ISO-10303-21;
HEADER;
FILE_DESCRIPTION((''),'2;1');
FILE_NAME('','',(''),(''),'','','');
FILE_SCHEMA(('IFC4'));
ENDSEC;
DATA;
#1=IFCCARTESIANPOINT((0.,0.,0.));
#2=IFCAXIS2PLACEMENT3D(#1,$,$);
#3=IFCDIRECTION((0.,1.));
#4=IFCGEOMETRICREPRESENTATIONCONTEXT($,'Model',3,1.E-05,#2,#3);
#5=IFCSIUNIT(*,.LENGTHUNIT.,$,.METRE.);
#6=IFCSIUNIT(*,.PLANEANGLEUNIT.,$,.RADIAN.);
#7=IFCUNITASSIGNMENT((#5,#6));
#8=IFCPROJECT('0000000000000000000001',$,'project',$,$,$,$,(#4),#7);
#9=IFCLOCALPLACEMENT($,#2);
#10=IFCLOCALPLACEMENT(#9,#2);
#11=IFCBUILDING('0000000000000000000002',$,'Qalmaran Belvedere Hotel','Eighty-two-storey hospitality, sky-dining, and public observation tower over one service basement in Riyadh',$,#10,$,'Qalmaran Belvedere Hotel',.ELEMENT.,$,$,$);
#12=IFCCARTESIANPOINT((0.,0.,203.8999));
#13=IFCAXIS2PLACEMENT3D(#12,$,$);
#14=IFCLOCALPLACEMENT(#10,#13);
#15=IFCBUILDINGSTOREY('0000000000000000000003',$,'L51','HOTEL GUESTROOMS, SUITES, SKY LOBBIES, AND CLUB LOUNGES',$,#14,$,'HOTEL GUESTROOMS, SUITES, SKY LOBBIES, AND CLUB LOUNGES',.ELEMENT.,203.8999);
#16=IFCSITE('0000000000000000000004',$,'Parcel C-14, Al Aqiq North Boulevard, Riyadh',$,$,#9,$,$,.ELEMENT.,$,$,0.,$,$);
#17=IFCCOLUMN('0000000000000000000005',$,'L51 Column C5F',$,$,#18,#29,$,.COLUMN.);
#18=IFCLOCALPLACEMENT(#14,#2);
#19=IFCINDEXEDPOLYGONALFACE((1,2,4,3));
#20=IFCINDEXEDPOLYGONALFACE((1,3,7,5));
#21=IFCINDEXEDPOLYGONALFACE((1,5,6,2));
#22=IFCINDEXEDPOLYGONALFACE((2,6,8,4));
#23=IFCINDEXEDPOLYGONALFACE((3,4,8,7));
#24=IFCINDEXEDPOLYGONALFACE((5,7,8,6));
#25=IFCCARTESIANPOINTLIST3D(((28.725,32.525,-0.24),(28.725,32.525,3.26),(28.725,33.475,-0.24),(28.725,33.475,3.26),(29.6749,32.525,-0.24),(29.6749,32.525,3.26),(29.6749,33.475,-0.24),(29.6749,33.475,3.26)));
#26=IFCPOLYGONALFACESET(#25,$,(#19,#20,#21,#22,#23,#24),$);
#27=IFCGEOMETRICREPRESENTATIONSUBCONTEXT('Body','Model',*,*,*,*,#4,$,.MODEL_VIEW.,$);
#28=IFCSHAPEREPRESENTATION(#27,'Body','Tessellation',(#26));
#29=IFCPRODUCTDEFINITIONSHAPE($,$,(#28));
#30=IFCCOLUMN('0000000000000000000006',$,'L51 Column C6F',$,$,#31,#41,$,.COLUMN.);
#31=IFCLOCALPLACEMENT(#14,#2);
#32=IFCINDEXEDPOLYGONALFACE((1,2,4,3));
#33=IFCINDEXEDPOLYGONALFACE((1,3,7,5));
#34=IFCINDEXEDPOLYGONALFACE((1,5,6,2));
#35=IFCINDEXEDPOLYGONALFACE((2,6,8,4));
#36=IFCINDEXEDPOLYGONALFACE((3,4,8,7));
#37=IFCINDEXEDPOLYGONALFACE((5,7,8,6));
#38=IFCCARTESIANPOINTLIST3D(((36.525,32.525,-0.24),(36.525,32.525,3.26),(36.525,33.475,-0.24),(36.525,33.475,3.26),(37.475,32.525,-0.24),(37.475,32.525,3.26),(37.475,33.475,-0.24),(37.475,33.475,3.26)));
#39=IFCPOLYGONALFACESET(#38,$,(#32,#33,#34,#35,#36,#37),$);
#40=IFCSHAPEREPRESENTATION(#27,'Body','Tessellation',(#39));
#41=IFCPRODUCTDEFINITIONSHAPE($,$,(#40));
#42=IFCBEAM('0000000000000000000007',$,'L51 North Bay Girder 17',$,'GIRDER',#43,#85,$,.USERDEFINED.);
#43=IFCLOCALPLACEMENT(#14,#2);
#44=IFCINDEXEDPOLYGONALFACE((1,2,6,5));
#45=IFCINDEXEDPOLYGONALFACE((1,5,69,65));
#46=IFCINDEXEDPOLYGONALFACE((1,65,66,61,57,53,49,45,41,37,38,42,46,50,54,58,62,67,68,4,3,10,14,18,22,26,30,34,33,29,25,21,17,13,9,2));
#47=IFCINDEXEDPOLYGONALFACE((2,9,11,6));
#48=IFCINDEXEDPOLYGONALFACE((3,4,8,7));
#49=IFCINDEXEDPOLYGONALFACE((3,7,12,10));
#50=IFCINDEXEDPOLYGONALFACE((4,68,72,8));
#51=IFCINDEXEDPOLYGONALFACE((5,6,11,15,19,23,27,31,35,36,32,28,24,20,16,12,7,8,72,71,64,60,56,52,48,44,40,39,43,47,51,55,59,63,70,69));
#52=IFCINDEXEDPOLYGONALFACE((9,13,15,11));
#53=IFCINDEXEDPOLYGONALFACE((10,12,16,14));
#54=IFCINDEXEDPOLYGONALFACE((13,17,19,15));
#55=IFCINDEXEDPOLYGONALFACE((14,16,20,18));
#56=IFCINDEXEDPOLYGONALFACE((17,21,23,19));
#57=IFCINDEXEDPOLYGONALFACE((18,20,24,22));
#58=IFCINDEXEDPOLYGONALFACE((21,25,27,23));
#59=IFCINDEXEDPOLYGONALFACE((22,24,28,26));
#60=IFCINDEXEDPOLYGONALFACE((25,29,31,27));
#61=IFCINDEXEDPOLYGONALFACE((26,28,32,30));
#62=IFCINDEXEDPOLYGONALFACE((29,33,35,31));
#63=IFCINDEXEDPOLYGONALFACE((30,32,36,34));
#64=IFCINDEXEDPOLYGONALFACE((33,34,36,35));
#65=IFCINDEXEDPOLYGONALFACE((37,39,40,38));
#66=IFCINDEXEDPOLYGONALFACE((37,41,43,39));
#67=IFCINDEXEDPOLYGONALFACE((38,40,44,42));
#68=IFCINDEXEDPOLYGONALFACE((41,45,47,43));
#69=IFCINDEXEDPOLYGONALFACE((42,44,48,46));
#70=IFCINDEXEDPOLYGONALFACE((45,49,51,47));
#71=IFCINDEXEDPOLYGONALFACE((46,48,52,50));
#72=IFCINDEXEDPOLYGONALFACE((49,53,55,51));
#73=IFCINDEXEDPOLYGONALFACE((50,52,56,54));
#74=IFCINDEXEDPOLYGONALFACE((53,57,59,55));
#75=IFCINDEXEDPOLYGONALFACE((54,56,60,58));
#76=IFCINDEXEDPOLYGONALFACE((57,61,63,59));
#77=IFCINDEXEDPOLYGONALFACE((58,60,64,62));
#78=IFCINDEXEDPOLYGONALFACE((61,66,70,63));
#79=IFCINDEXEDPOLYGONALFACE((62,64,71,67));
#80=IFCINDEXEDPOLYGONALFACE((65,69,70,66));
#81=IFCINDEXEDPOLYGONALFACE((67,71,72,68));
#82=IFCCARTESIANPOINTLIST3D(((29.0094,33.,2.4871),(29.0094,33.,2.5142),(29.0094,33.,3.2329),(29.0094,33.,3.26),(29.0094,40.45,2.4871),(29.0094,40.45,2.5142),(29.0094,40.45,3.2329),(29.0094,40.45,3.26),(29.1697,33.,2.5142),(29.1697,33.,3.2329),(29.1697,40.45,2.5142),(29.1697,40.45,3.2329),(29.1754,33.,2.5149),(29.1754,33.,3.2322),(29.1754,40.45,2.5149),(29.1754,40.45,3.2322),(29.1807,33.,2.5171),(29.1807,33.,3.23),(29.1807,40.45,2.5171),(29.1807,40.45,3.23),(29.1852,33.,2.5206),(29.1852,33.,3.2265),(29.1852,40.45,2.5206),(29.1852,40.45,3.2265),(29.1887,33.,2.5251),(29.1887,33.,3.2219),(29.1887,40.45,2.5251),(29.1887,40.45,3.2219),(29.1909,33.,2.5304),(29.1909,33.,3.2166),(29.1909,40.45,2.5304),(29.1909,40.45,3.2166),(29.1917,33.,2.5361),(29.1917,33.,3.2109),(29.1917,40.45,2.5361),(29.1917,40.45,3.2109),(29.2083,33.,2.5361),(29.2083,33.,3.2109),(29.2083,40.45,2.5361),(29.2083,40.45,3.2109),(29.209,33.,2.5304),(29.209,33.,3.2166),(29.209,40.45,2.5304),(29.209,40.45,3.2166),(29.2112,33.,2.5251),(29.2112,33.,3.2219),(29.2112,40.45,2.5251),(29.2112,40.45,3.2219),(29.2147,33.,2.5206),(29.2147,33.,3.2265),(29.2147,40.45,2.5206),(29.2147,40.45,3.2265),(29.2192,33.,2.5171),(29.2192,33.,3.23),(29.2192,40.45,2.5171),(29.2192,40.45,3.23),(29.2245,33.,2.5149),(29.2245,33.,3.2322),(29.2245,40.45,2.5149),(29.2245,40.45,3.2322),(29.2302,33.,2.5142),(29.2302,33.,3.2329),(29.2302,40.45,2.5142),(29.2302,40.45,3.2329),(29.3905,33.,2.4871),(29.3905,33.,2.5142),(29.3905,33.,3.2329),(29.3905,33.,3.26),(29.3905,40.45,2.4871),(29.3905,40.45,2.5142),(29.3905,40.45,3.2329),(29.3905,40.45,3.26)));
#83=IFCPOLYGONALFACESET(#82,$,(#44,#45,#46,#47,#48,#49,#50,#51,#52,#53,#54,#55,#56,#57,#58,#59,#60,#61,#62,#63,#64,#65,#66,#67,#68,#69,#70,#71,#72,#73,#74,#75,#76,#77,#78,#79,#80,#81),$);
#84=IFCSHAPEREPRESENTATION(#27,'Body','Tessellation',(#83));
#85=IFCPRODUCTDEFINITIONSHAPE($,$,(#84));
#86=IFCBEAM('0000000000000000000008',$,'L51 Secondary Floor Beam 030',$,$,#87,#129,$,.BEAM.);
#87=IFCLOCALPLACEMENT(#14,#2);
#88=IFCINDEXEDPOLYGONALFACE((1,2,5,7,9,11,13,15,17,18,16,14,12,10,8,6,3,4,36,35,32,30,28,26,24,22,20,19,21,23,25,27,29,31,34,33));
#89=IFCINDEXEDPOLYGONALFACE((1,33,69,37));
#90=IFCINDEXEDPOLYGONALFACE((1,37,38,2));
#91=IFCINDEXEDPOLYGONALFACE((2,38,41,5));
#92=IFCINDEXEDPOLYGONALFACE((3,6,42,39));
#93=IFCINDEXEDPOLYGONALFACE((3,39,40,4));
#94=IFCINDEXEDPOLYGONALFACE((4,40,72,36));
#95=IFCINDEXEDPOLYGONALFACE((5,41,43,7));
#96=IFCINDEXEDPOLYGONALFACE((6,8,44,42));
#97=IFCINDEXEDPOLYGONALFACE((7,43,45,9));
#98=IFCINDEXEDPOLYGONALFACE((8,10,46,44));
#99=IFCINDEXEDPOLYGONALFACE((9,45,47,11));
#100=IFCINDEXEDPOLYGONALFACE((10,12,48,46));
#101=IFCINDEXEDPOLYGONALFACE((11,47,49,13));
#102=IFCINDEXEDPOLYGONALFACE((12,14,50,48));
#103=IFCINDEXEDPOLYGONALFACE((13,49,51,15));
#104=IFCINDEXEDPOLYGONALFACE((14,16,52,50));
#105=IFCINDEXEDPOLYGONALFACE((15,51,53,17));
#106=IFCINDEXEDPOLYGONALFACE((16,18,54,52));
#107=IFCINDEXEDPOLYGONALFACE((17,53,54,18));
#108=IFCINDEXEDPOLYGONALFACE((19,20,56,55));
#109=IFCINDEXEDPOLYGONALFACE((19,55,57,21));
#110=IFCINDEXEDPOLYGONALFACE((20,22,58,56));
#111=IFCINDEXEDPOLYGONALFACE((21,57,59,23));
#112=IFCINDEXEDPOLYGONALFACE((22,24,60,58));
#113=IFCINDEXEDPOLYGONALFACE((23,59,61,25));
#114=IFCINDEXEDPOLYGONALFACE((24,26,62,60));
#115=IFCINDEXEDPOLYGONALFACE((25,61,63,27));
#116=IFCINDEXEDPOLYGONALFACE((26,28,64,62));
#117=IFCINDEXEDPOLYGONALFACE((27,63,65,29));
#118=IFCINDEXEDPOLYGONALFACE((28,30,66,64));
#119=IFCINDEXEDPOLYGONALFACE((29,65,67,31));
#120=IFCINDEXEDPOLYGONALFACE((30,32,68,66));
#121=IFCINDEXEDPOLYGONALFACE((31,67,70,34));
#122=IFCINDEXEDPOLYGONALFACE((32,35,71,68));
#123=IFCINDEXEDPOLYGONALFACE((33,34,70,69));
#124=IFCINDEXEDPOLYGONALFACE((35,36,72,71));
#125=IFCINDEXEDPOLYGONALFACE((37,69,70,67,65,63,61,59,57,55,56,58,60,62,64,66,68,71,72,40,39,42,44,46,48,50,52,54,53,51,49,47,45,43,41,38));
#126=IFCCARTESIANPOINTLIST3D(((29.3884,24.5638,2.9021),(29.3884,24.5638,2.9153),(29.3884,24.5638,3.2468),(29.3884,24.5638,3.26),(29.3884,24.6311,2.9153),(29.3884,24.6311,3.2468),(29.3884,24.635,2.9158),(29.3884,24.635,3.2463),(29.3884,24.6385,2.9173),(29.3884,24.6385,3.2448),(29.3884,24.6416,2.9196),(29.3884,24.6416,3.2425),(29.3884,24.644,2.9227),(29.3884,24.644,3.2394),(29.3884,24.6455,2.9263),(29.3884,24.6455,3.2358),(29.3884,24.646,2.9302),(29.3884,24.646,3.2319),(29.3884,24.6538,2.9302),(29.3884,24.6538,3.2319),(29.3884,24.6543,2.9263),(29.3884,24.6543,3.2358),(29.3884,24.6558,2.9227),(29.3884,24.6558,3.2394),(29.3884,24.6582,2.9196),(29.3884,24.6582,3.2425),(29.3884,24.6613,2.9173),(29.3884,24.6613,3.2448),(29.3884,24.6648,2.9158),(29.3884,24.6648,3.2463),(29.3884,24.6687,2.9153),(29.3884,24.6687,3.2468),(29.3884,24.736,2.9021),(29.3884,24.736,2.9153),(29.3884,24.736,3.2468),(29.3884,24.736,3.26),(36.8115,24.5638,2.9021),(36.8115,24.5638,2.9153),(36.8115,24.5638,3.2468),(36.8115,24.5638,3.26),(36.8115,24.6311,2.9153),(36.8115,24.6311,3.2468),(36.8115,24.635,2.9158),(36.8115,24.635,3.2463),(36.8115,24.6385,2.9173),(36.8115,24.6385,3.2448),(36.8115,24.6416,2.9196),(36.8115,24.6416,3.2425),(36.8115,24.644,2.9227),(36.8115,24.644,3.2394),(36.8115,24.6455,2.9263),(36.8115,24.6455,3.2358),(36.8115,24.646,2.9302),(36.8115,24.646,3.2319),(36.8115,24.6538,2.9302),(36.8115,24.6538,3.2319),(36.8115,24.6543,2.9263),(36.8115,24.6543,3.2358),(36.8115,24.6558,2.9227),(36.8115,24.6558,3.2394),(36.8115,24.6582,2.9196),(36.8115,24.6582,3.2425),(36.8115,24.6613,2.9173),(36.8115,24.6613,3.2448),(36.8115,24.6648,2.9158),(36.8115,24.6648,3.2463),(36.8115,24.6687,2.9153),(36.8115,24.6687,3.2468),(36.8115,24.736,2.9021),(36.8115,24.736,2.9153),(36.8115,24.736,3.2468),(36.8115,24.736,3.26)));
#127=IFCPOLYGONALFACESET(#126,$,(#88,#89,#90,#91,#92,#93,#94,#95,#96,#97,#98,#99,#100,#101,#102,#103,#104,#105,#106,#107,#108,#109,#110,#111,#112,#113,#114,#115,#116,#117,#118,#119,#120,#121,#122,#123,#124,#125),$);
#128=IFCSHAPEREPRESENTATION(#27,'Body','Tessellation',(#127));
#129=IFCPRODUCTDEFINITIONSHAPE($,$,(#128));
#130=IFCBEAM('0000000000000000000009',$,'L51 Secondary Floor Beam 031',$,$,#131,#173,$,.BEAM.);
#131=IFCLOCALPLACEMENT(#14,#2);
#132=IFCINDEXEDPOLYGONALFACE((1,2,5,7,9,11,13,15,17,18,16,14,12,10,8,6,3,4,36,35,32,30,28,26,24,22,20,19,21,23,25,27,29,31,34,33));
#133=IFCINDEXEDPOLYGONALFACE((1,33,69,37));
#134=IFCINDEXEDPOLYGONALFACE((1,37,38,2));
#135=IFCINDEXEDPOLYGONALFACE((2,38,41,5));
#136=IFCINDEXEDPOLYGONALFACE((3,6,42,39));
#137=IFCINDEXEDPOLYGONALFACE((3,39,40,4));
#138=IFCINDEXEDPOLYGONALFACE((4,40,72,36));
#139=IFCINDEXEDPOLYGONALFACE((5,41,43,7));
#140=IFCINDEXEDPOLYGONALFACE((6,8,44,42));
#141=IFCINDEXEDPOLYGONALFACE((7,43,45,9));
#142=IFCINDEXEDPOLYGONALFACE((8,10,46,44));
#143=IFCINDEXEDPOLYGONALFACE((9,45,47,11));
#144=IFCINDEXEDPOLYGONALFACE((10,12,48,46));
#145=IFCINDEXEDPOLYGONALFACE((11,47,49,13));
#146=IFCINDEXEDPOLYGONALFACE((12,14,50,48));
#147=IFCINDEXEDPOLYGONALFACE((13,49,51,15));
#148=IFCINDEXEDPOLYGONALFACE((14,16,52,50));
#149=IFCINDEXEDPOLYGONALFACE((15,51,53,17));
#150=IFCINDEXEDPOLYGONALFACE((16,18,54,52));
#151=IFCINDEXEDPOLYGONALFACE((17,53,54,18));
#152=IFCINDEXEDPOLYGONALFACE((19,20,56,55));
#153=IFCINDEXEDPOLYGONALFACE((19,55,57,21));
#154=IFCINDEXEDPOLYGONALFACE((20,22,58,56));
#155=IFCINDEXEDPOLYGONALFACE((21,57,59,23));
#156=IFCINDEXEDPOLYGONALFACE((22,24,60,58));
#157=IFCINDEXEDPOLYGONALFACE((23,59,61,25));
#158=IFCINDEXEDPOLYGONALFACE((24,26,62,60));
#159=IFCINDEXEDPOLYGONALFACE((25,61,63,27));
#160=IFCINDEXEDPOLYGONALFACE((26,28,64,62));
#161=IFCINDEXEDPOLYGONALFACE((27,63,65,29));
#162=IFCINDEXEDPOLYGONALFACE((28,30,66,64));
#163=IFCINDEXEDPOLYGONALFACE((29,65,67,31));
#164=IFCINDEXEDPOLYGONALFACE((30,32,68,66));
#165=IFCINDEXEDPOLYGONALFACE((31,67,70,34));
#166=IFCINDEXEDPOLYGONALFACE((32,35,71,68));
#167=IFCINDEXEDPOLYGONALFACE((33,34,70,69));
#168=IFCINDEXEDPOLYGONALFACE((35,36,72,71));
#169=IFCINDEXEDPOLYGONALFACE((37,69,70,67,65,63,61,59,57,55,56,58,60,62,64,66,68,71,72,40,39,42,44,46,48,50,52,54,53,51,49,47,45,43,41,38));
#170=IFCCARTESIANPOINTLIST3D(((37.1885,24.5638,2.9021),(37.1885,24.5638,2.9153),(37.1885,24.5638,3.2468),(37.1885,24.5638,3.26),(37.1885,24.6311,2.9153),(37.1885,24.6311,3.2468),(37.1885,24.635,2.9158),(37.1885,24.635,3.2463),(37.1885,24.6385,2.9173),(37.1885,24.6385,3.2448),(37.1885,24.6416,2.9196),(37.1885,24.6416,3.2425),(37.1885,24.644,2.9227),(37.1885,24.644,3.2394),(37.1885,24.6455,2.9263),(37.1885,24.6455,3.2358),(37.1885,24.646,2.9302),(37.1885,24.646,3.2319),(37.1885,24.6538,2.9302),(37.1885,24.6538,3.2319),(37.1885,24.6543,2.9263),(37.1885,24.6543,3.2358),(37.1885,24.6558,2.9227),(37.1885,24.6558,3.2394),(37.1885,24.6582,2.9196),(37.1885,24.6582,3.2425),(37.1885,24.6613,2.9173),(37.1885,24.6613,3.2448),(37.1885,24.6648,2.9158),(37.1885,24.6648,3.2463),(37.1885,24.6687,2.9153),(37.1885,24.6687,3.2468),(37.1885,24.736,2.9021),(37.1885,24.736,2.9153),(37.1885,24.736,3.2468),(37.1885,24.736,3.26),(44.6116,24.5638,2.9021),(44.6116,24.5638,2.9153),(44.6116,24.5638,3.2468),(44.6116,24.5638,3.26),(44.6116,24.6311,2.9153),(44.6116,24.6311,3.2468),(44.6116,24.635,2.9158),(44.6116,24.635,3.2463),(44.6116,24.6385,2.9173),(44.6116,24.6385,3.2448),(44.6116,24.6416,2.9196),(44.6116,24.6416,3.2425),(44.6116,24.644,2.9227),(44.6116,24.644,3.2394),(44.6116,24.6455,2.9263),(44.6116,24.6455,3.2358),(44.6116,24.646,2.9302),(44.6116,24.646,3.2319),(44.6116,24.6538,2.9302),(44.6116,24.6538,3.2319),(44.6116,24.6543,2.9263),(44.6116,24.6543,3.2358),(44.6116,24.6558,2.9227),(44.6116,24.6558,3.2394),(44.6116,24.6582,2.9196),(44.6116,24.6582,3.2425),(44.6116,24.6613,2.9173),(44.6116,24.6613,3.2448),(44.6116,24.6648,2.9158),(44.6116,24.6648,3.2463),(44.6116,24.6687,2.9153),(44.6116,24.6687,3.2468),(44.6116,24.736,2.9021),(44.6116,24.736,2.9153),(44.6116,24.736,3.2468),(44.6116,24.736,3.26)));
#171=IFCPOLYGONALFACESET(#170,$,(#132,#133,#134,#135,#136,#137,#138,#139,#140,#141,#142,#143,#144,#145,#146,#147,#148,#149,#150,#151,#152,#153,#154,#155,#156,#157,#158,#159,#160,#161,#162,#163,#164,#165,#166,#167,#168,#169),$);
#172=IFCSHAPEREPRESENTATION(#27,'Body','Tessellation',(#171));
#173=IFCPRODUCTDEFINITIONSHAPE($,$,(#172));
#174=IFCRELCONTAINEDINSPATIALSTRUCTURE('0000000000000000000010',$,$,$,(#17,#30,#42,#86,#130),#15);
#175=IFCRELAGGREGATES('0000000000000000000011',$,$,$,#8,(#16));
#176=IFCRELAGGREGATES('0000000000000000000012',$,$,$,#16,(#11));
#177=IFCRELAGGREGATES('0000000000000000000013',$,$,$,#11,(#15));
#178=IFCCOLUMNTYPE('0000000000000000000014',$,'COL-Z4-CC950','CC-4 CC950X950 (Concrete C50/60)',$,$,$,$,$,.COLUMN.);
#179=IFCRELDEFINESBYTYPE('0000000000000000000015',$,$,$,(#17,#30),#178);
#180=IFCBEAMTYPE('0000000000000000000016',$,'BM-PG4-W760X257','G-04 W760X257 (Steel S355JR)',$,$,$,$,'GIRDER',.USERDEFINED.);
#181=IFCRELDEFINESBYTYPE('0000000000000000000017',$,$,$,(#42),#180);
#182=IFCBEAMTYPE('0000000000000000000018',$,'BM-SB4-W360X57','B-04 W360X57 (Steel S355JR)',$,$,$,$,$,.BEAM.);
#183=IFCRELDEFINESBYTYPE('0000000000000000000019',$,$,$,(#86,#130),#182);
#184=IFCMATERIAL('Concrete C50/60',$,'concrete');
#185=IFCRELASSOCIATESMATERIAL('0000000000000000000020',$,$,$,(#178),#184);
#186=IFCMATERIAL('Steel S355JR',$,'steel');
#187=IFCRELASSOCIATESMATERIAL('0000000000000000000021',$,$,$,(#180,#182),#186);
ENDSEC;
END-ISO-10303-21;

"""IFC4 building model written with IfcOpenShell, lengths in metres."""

from ifc_helpers import new_model, si_unit, direction, frame, origin, origin_2d, place, context, subcontext, project, spatial, rectangle, i_section, extrude, material, material_profile, profile_set, type_object, element, save


model = new_model("IFC4")

# Units and contexts
model_context = context("Model", 3, precision=1e-05, world=origin(), true_north=direction((0.0, 1.0)))
body_context = subcontext(model_context, "Body", "Model", "MODEL_VIEW")
ifc_project = project(units=[si_unit("LENGTHUNIT", "METRE"), si_unit("PLANEANGLEUNIT", "RADIAN")], contexts=[model_context])

# Site, building, storey
site_placement = place(None, origin())
site = spatial("IfcSite", under=ifc_project, at=site_placement, Name="Parcel C-14, Al Aqiq North Boulevard, Riyadh", CompositionType="ELEMENT", RefElevation=0.0)
building_placement = place(site_placement, origin())
building = spatial("IfcBuilding", under=site, at=building_placement, Name="Qalmaran Belvedere Hotel", Description="Eighty-two-storey hospitality, sky-dining, and public observation tower over one service basement in Riyadh", LongName="Qalmaran Belvedere Hotel", CompositionType="ELEMENT")
storey_placement = place(building_placement, frame((0.0, 0.0, 203.8999)))
storey = spatial("IfcBuildingStorey", under=building, at=storey_placement, Name="L51", Description="HOTEL GUESTROOMS, SUITES, SKY LOBBIES, AND CLUB LOUNGES", LongName="HOTEL GUESTROOMS, SUITES, SKY LOBBIES, AND CLUB LOUNGES", CompositionType="ELEMENT", Elevation=203.8999)

# Columns
ifc_material_1 = material(Name="Concrete C50/60", Category="concrete")
ifc_material_profile_1 = material_profile(ifc_material_1, rectangle(XDim=0.95, YDim=0.95, at=origin_2d()), Name="CC950X950")
ifc_profile_set_1 = profile_set([ifc_material_profile_1], Name="Concrete C50/60")
column_type = type_object("IfcColumnType", Name="COL-Z4-CC950", Description="CC-4 CC950X950 (Concrete C50/60)", PredefinedType="COLUMN", material=ifc_profile_set_1)
for number, where, z_axis, x_axis, name in (
    (1, (29.2, 33.0, -0.24), (0.0, 0.0, 1.0), (1.0, 0.0, 0.0), "L51 Column C5F"),
    (2, (37.0, 33.0, -0.24), (0.0, 0.0, 1.0), (1.0, 0.0, 0.0), "L51 Column C6F"),
):
    element("IfcColumn", number, at=place(storey_placement, frame(where, z_axis=z_axis, x_axis=x_axis)), inside=storey, type_object=column_type, Name=name, PredefinedType="COLUMN", context=body_context, shape_type="SweptSolid", body=[
        extrude(rectangle(XDim=0.95, YDim=0.95, at=origin_2d()), origin(), (0.0, 0.0, 1.0), 3.5),
    ])

# Beams
ifc_material_2 = material(Name="Steel S355JR", Category="steel")
ifc_material_profile_2 = material_profile(ifc_material_2, i_section(OverallWidth=0.3811, OverallDepth=0.7729, WebThickness=0.0166, FlangeThickness=0.0271, FilletRadius=0.022, at=origin_2d()), Name="W760X257")
ifc_profile_set_2 = profile_set([ifc_material_profile_2], Name="Steel S355JR")
beam_type_1 = type_object("IfcBeamType", Name="BM-PG4-W760X257", Description="G-04 W760X257 (Steel S355JR)", ElementType="GIRDER", PredefinedType="USERDEFINED", material=ifc_profile_set_2)
beam_placement = place(storey_placement, frame((29.2, 33.0, 2.8735), z_axis=(0.0, 1.0, 0.0), x_axis=(-1.0, 0.0, 0.0)))
element("IfcBeam", 3, at=beam_placement, inside=storey, type_object=beam_type_1, Name="L51 North Bay Girder 17", ObjectType="GIRDER", PredefinedType="USERDEFINED", context=body_context, shape_type="SweptSolid", body=[
    extrude(i_section(OverallWidth=0.3811, OverallDepth=0.7729, WebThickness=0.0166, FlangeThickness=0.0271, FilletRadius=0.022, at=origin_2d()), origin(), (0.0, 0.0, 1.0), 7.45),
])
ifc_material_profile_3 = material_profile(ifc_material_2, i_section(OverallWidth=0.1721, OverallDepth=0.3579, WebThickness=0.0078, FlangeThickness=0.0132, FilletRadius=0.0149, at=origin_2d()), Name="W360X57")
ifc_profile_set_3 = profile_set([ifc_material_profile_3], Name="Steel S355JR")
beam_type_2 = type_object("IfcBeamType", Name="BM-SB4-W360X57", Description="B-04 W360X57 (Steel S355JR)", PredefinedType="BEAM", material=ifc_profile_set_3)
for number, where, z_axis, x_axis, name in (
    (4, (29.3884, 24.6499, 3.0811), (1.0, 0.0, 0.0), (0.0, 1.0, 0.0), "L51 Secondary Floor Beam 030"),
    (5, (37.1885, 24.6499, 3.0811), (1.0, 0.0, 0.0), (0.0, 1.0, 0.0), "L51 Secondary Floor Beam 031"),
):
    element("IfcBeam", number, at=place(storey_placement, frame(where, z_axis=z_axis, x_axis=x_axis)), inside=storey, type_object=beam_type_2, Name=name, PredefinedType="BEAM", context=body_context, shape_type="SweptSolid", body=[
        extrude(i_section(OverallWidth=0.1721, OverallDepth=0.3579, WebThickness=0.0078, FlangeThickness=0.0132, FilletRadius=0.0149, at=origin_2d()), origin(), (0.0, 0.0, 1.0), 7.4231),
    ])

save(model, "model.ifc")
